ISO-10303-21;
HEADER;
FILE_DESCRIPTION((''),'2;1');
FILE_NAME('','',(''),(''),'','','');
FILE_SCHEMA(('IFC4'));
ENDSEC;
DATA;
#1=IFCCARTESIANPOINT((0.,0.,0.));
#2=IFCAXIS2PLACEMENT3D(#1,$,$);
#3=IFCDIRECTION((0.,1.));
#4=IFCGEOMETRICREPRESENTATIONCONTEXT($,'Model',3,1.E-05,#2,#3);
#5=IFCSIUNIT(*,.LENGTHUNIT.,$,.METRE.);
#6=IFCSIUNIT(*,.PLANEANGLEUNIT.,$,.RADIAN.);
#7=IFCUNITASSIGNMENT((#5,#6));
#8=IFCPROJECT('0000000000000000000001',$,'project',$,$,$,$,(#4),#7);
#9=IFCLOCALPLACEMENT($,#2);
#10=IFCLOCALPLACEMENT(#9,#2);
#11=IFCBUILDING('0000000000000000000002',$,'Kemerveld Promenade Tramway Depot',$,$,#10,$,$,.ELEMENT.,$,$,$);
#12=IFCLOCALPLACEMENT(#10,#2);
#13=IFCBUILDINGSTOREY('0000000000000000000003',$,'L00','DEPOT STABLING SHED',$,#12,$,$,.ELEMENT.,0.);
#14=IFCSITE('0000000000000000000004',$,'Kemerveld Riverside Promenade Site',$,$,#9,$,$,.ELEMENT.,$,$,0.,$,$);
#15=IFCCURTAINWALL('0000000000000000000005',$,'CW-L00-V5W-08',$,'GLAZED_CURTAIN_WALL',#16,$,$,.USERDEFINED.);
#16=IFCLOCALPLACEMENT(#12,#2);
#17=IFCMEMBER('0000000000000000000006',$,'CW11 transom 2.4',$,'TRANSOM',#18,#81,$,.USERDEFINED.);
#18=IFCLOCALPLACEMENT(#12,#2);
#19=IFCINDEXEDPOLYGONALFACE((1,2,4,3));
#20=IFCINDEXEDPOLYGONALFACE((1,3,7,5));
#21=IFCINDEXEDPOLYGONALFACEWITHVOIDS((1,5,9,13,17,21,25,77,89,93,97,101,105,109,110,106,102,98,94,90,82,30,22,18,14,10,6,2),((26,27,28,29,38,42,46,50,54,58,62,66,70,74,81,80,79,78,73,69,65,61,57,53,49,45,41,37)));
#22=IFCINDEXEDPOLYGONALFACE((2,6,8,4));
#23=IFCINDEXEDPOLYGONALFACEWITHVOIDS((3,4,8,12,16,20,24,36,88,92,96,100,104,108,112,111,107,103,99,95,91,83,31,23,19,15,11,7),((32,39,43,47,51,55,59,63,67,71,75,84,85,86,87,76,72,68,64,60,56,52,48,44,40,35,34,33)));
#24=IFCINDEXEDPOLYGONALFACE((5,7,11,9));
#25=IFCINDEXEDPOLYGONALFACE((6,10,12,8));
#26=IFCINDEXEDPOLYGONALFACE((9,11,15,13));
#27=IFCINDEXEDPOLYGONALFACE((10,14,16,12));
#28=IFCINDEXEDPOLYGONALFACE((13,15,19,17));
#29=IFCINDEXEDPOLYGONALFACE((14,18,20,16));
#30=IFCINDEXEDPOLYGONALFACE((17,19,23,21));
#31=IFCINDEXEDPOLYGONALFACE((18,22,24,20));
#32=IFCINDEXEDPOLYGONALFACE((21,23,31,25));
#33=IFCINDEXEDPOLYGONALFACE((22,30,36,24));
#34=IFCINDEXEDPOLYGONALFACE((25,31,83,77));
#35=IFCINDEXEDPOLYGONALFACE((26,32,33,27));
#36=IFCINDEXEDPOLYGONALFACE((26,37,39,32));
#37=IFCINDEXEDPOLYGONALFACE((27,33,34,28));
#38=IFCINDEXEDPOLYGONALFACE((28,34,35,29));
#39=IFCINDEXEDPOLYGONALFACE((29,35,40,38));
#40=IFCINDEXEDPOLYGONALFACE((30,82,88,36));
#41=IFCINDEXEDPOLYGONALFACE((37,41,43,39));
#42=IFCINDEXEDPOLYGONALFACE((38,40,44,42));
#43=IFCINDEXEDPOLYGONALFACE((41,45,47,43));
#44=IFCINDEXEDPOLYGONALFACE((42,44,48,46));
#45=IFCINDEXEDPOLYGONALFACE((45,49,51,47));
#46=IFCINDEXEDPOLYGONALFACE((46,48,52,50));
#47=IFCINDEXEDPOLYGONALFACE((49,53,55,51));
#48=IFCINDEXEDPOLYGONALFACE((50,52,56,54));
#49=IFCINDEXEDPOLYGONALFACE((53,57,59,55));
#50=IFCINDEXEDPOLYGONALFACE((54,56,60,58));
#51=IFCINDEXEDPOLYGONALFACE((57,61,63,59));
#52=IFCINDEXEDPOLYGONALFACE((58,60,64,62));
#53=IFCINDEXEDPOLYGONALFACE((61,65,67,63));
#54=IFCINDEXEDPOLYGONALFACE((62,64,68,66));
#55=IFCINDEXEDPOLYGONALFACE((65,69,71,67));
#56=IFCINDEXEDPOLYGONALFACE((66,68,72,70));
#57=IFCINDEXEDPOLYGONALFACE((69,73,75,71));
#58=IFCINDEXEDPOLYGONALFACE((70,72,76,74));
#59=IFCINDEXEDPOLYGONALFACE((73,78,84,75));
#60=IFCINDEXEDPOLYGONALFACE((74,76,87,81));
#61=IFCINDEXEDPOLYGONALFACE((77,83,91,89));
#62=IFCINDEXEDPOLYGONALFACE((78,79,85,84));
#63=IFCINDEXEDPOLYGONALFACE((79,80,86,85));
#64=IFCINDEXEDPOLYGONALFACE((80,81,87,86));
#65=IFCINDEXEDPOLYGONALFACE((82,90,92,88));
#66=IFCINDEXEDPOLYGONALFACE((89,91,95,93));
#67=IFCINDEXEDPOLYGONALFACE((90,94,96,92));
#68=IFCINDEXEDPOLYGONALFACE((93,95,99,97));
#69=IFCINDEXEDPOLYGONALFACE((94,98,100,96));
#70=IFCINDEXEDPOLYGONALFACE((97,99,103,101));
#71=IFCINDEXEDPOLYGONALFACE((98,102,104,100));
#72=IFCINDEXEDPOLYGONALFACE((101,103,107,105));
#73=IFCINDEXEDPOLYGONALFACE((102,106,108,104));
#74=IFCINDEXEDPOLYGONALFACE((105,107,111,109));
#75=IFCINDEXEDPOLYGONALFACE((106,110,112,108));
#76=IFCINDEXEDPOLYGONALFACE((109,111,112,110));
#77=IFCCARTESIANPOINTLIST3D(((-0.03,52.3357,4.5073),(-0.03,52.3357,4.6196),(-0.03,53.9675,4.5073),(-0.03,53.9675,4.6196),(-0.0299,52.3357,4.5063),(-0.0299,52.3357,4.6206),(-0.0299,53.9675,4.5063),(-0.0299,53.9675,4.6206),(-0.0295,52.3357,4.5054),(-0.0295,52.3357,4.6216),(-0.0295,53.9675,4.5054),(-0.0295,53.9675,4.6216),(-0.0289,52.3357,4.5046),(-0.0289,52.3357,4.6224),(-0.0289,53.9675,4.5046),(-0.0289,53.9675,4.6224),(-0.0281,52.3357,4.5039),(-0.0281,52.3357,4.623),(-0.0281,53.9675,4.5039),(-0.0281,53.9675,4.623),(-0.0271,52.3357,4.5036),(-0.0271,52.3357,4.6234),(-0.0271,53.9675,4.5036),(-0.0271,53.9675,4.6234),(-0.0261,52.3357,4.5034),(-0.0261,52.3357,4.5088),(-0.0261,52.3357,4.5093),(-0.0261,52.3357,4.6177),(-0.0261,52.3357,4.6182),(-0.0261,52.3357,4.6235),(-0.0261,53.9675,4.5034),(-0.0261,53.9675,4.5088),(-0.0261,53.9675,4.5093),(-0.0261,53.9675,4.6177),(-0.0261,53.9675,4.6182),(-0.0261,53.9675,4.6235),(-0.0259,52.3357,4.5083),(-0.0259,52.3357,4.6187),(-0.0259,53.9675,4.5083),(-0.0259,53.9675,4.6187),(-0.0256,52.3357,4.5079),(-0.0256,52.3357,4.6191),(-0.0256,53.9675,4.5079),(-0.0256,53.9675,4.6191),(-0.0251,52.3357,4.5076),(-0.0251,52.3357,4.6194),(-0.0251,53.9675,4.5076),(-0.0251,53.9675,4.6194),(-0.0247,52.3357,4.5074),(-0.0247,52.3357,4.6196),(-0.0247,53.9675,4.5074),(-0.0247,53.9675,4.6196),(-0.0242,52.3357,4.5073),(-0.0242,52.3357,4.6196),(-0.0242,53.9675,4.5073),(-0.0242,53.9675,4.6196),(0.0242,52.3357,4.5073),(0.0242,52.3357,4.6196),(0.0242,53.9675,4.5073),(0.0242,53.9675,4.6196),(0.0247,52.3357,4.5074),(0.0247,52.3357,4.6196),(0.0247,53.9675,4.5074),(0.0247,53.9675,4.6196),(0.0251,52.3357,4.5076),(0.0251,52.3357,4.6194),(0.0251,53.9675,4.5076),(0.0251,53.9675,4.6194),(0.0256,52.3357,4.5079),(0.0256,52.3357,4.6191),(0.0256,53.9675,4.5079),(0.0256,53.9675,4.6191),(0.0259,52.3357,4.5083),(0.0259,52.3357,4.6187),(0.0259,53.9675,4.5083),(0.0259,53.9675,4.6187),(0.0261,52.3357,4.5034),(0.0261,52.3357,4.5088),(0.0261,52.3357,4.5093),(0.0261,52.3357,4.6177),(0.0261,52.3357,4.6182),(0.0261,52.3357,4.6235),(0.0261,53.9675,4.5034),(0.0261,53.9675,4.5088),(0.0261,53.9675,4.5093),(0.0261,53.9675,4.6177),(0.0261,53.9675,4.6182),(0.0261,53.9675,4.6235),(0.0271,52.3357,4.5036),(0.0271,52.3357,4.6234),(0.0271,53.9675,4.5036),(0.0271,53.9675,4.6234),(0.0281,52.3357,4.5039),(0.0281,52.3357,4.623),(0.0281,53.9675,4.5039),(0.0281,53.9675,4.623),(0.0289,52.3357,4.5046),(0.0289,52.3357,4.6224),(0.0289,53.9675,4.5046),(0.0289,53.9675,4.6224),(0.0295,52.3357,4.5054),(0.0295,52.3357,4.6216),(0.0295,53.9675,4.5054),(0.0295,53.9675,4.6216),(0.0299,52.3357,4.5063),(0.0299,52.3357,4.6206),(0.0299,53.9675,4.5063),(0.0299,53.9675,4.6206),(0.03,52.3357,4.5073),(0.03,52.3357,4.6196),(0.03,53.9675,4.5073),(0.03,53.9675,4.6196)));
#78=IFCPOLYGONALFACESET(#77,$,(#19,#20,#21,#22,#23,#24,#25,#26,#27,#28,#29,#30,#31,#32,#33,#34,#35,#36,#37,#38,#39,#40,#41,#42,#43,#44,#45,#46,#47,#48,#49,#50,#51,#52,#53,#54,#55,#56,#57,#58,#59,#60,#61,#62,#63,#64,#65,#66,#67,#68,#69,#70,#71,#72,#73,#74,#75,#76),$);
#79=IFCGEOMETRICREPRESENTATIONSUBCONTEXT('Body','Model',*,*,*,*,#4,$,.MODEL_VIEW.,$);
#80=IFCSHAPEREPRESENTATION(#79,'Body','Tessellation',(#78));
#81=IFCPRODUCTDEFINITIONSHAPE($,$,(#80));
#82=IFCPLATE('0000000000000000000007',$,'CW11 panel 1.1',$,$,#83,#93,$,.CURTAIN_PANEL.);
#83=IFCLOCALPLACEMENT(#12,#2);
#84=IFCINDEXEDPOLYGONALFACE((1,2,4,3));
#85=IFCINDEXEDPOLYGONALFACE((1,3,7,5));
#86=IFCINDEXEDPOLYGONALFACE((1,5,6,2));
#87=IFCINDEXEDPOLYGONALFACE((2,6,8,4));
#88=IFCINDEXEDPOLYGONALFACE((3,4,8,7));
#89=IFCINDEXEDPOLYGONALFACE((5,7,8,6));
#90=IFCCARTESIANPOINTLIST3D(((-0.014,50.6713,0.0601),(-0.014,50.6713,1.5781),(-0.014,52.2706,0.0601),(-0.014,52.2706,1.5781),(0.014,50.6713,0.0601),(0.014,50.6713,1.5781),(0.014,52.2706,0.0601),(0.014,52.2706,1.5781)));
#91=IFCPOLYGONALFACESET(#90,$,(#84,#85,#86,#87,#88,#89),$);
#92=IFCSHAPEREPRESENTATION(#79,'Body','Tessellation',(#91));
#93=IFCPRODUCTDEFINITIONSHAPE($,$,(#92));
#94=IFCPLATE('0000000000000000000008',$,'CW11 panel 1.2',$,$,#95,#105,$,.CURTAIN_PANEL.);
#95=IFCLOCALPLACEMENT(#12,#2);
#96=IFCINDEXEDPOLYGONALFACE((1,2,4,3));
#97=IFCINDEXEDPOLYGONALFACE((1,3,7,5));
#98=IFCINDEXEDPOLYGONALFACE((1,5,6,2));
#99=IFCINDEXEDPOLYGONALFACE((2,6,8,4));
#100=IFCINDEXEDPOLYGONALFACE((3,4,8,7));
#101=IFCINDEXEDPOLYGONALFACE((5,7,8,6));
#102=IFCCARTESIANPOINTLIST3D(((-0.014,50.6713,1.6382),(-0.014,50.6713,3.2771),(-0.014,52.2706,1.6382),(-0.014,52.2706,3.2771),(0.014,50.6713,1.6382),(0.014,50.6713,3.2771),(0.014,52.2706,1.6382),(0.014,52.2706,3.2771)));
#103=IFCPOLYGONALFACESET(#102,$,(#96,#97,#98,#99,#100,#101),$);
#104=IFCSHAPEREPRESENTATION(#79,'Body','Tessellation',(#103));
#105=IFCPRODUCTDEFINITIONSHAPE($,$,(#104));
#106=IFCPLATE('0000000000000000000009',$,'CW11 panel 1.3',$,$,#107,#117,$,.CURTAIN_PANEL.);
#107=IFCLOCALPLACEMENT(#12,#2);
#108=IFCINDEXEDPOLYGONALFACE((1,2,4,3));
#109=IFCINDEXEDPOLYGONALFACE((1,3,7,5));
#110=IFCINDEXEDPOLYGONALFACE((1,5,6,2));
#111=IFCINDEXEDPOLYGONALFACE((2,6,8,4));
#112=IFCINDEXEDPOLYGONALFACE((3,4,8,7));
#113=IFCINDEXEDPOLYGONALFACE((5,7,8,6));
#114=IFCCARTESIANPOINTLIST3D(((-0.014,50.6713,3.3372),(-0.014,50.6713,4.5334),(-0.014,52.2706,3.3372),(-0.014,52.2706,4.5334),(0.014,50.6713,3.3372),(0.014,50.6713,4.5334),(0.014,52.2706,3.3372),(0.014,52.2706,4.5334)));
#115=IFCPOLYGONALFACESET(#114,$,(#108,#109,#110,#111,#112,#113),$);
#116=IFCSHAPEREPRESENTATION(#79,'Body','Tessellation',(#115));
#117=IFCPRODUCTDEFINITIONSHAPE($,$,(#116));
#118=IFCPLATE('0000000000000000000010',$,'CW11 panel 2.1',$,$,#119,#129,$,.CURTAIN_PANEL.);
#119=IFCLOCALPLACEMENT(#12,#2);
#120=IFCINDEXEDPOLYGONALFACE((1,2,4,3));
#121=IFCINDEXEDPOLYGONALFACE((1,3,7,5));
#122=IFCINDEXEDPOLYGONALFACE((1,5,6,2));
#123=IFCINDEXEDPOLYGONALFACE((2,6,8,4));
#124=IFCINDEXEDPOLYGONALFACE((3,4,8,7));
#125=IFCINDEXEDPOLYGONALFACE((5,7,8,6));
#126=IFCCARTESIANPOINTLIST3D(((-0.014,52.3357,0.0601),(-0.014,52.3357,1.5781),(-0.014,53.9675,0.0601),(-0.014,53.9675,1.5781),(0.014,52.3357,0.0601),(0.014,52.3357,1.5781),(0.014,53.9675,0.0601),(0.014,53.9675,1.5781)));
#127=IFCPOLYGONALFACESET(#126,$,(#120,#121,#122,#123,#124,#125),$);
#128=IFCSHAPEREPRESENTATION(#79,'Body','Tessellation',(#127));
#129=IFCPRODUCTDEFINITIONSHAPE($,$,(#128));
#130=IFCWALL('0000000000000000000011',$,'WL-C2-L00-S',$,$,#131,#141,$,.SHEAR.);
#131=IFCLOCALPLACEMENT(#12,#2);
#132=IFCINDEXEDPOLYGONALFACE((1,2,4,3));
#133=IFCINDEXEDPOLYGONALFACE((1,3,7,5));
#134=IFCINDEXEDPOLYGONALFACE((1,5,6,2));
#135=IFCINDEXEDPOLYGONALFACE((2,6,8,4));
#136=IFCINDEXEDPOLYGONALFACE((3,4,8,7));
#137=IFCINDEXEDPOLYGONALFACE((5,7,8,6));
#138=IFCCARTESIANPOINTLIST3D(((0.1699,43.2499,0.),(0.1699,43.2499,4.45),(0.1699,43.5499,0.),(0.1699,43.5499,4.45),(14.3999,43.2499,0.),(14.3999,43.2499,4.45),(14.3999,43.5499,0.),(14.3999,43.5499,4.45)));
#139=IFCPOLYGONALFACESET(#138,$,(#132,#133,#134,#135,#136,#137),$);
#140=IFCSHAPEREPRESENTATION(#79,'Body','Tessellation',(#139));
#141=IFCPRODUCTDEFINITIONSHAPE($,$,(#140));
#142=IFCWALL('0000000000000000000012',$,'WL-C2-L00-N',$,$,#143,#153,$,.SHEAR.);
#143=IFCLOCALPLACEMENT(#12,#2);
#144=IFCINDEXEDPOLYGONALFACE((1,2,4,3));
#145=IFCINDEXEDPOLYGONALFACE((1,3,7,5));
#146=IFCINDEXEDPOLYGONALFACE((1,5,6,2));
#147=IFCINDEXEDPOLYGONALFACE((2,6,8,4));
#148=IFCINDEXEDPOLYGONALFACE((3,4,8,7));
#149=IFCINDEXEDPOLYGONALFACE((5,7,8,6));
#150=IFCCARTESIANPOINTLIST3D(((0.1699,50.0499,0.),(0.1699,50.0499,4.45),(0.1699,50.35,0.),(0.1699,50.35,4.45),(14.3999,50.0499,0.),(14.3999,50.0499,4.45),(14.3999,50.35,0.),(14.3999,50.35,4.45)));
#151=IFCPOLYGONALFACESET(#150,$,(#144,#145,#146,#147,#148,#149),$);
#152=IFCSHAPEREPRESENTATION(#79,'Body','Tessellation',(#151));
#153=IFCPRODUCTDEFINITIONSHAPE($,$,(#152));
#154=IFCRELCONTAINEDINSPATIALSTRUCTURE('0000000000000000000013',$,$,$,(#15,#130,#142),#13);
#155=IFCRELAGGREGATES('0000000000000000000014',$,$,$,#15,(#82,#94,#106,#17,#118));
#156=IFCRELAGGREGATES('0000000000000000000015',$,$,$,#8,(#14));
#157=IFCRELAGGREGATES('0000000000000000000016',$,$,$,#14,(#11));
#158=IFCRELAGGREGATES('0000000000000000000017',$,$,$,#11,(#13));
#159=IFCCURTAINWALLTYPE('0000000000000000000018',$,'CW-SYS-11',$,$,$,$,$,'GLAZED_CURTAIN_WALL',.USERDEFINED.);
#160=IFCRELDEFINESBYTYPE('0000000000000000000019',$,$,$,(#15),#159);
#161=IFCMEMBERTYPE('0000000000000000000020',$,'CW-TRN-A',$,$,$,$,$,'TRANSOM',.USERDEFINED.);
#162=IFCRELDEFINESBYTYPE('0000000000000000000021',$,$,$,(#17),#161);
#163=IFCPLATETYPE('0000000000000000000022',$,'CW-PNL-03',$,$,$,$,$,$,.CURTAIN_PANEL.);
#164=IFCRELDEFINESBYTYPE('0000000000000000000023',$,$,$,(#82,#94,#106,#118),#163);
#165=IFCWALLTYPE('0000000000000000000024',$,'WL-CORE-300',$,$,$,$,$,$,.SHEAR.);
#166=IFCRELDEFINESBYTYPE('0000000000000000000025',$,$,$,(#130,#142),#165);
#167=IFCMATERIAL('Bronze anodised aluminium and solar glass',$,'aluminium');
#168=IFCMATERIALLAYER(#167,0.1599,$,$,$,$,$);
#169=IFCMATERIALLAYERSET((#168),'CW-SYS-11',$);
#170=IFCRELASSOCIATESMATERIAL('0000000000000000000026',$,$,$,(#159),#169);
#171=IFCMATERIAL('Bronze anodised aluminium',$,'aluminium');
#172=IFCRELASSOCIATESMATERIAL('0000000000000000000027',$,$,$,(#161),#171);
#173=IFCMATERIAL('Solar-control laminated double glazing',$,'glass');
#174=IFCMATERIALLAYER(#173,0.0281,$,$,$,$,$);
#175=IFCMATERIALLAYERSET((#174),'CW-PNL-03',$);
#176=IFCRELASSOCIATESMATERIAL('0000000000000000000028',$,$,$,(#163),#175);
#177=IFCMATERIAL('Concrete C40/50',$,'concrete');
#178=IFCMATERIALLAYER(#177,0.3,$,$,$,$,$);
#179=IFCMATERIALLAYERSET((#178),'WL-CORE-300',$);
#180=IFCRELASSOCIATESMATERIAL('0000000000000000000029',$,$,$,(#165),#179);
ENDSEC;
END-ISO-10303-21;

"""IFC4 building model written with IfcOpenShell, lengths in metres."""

from ifc_helpers import new_model, si_unit, direction, frame, frame_2d, origin, origin_2d, place, context, subcontext, project, spatial, rectangle, hollow_rectangle, extrude, material, layer, layer_set, material_profile, profile_set, type_object, element, aggregate, save


model = new_model("IFC4")

# Units and contexts
model_context = context("Model", 3, precision=1e-05, world=origin(), true_north=direction((0.0, 1.0)))
body_context = subcontext(model_context, "Body", "Model", "MODEL_VIEW")
ifc_project = project(units=[si_unit("LENGTHUNIT", "METRE"), si_unit("PLANEANGLEUNIT", "RADIAN")], contexts=[model_context])

# Site, building, storey
site_placement = place(None, origin())
site = spatial("IfcSite", under=ifc_project, at=site_placement, Name="Kemerveld Riverside Promenade Site", CompositionType="ELEMENT", RefElevation=0.0)
building_placement = place(site_placement, origin())
building = spatial("IfcBuilding", under=site, at=building_placement, Name="Kemerveld Promenade Tramway Depot", CompositionType="ELEMENT")
storey_placement = place(building_placement, origin())
storey = spatial("IfcBuildingStorey", under=building, at=storey_placement, Name="L00", Description="DEPOT STABLING SHED", CompositionType="ELEMENT", Elevation=0.0)

# Curtain wall, member, plates
ifc_material_1 = material(Name="Bronze anodised aluminium and solar glass", Category="aluminium")
ifc_layer_1 = layer(ifc_material_1, 0.1599)
ifc_layer_set_1 = layer_set([ifc_layer_1], Name="CW-SYS-11")
curtain_wall_type = type_object("IfcCurtainWallType", Name="CW-SYS-11", ElementType="GLAZED_CURTAIN_WALL", PredefinedType="USERDEFINED", material=ifc_layer_set_1)
curtain_wall_placement = place(storey_placement, origin())
curtain_wall = element("IfcCurtainWall", 1, at=curtain_wall_placement, inside=storey, type_object=curtain_wall_type, Name="CW-L00-V5W-08", ObjectType="GLAZED_CURTAIN_WALL", PredefinedType="USERDEFINED")
ifc_material_2 = material(Name="Bronze anodised aluminium", Category="aluminium")
ifc_material_profile_1 = material_profile(ifc_material_2, hollow_rectangle(XDim=0.0601, YDim=0.1201, WallThickness=0.0039, InnerFilletRadius=0.002, OuterFilletRadius=0.0039, at=origin_2d()), Name="CW-TRN-120x60")
ifc_profile_set_1 = profile_set([ifc_material_profile_1], Name="Bronze anodised aluminium")
member_type_1 = type_object("IfcMemberType", Name="CW-TRN-A", ElementType="TRANSOM", PredefinedType="USERDEFINED", material=ifc_profile_set_1)
member_1_placement = place(storey_placement, frame((0.0, 52.3357, 4.5635), z_axis=(0.0, 1.0, 0.0), x_axis=(-1.0, 0.0, 0.0)))
member_1 = element("IfcMember", 2, at=member_1_placement, type_object=member_type_1, Name="CW11 transom 2.4", ObjectType="TRANSOM", PredefinedType="USERDEFINED", context=body_context, shape_type="SweptSolid", body=[
    extrude(hollow_rectangle(XDim=0.0601, YDim=0.1201, WallThickness=0.0039, InnerFilletRadius=0.002, OuterFilletRadius=0.0039, at=origin_2d()), origin(), (0.0, 0.0, 1.0), 1.6318),
])
ifc_material_3 = material(Name="Solar-control laminated double glazing", Category="glass")
ifc_layer_2 = layer(ifc_material_3, 0.0281)
ifc_layer_set_2 = layer_set([ifc_layer_2], Name="CW-PNL-03")
plate_type = type_object("IfcPlateType", Name="CW-PNL-03", PredefinedType="CURTAIN_PANEL", material=ifc_layer_set_2)
plate_1_placement = place(storey_placement, frame((0.0, 51.4709, 0.0601), z_axis=(0.0, 0.0, 1.0), x_axis=(0.0, 1.0, 0.0)))
plate_1 = element("IfcPlate", 3, at=plate_1_placement, type_object=plate_type, Name="CW11 panel 1.1", PredefinedType="CURTAIN_PANEL", context=body_context, shape_type="SweptSolid", body=[
    extrude(rectangle(XDim=1.5994, YDim=0.0281, at=origin_2d()), origin(), (0.0, 0.0, 1.0), 1.5181),
])
plate_2_placement = place(storey_placement, frame((0.0, 51.4709, 1.6382), z_axis=(0.0, 0.0, 1.0), x_axis=(0.0, 1.0, 0.0)))
plate_2 = element("IfcPlate", 4, at=plate_2_placement, type_object=plate_type, Name="CW11 panel 1.2", PredefinedType="CURTAIN_PANEL", context=body_context, shape_type="SweptSolid", body=[
    extrude(rectangle(XDim=1.5994, YDim=0.0281, at=origin_2d()), origin(), (0.0, 0.0, 1.0), 1.6389),
])
plate_3_placement = place(storey_placement, frame((0.0, 51.4709, 3.3372), z_axis=(0.0, 0.0, 1.0), x_axis=(0.0, 1.0, 0.0)))
plate_3 = element("IfcPlate", 5, at=plate_3_placement, type_object=plate_type, Name="CW11 panel 1.3", PredefinedType="CURTAIN_PANEL", context=body_context, shape_type="SweptSolid", body=[
    extrude(rectangle(XDim=1.5994, YDim=0.0281, at=origin_2d()), origin(), (0.0, 0.0, 1.0), 1.1963),
])
plate_4_placement = place(storey_placement, frame((0.0, 53.1516, 0.0601), z_axis=(0.0, 0.0, 1.0), x_axis=(0.0, 1.0, 0.0)))
plate_4 = element("IfcPlate", 6, at=plate_4_placement, type_object=plate_type, Name="CW11 panel 2.1", PredefinedType="CURTAIN_PANEL", context=body_context, shape_type="SweptSolid", body=[
    extrude(rectangle(XDim=1.6318, YDim=0.0281, at=origin_2d()), origin(), (0.0, 0.0, 1.0), 1.5181),
])
aggregate(curtain_wall, [plate_1, plate_2, plate_3, member_1, plate_4])

# Walls
ifc_material_4 = material(Name="Concrete C40/50", Category="concrete")
ifc_layer_3 = layer(ifc_material_4, 0.3)
ifc_layer_set_3 = layer_set([ifc_layer_3], Name="WL-CORE-300")
wall_type_1 = type_object("IfcWallType", Name="WL-CORE-300", PredefinedType="SHEAR", material=ifc_layer_set_3)
for number, where, z_axis, x_axis, name in (
    (7, (0.1699, 43.3999, 0.0), (0.0, 0.0, 1.0), (1.0, 0.0, 0.0), "WL-C2-L00-S"),
    (8, (0.1699, 50.2, 0.0), (0.0, 0.0, 1.0), (1.0, 0.0, 0.0), "WL-C2-L00-N"),
):
    element("IfcWall", number, at=place(storey_placement, frame(where, z_axis=z_axis, x_axis=x_axis)), inside=storey, type_object=wall_type_1, Name=name, PredefinedType="SHEAR", context=body_context, shape_type="SweptSolid", body=[
        extrude(rectangle(XDim=14.23, YDim=0.3, at=frame_2d((7.115, 0.0))), origin(), (0.0, 0.0, 1.0), 4.45),
    ])

save(model, "model.ifc")
